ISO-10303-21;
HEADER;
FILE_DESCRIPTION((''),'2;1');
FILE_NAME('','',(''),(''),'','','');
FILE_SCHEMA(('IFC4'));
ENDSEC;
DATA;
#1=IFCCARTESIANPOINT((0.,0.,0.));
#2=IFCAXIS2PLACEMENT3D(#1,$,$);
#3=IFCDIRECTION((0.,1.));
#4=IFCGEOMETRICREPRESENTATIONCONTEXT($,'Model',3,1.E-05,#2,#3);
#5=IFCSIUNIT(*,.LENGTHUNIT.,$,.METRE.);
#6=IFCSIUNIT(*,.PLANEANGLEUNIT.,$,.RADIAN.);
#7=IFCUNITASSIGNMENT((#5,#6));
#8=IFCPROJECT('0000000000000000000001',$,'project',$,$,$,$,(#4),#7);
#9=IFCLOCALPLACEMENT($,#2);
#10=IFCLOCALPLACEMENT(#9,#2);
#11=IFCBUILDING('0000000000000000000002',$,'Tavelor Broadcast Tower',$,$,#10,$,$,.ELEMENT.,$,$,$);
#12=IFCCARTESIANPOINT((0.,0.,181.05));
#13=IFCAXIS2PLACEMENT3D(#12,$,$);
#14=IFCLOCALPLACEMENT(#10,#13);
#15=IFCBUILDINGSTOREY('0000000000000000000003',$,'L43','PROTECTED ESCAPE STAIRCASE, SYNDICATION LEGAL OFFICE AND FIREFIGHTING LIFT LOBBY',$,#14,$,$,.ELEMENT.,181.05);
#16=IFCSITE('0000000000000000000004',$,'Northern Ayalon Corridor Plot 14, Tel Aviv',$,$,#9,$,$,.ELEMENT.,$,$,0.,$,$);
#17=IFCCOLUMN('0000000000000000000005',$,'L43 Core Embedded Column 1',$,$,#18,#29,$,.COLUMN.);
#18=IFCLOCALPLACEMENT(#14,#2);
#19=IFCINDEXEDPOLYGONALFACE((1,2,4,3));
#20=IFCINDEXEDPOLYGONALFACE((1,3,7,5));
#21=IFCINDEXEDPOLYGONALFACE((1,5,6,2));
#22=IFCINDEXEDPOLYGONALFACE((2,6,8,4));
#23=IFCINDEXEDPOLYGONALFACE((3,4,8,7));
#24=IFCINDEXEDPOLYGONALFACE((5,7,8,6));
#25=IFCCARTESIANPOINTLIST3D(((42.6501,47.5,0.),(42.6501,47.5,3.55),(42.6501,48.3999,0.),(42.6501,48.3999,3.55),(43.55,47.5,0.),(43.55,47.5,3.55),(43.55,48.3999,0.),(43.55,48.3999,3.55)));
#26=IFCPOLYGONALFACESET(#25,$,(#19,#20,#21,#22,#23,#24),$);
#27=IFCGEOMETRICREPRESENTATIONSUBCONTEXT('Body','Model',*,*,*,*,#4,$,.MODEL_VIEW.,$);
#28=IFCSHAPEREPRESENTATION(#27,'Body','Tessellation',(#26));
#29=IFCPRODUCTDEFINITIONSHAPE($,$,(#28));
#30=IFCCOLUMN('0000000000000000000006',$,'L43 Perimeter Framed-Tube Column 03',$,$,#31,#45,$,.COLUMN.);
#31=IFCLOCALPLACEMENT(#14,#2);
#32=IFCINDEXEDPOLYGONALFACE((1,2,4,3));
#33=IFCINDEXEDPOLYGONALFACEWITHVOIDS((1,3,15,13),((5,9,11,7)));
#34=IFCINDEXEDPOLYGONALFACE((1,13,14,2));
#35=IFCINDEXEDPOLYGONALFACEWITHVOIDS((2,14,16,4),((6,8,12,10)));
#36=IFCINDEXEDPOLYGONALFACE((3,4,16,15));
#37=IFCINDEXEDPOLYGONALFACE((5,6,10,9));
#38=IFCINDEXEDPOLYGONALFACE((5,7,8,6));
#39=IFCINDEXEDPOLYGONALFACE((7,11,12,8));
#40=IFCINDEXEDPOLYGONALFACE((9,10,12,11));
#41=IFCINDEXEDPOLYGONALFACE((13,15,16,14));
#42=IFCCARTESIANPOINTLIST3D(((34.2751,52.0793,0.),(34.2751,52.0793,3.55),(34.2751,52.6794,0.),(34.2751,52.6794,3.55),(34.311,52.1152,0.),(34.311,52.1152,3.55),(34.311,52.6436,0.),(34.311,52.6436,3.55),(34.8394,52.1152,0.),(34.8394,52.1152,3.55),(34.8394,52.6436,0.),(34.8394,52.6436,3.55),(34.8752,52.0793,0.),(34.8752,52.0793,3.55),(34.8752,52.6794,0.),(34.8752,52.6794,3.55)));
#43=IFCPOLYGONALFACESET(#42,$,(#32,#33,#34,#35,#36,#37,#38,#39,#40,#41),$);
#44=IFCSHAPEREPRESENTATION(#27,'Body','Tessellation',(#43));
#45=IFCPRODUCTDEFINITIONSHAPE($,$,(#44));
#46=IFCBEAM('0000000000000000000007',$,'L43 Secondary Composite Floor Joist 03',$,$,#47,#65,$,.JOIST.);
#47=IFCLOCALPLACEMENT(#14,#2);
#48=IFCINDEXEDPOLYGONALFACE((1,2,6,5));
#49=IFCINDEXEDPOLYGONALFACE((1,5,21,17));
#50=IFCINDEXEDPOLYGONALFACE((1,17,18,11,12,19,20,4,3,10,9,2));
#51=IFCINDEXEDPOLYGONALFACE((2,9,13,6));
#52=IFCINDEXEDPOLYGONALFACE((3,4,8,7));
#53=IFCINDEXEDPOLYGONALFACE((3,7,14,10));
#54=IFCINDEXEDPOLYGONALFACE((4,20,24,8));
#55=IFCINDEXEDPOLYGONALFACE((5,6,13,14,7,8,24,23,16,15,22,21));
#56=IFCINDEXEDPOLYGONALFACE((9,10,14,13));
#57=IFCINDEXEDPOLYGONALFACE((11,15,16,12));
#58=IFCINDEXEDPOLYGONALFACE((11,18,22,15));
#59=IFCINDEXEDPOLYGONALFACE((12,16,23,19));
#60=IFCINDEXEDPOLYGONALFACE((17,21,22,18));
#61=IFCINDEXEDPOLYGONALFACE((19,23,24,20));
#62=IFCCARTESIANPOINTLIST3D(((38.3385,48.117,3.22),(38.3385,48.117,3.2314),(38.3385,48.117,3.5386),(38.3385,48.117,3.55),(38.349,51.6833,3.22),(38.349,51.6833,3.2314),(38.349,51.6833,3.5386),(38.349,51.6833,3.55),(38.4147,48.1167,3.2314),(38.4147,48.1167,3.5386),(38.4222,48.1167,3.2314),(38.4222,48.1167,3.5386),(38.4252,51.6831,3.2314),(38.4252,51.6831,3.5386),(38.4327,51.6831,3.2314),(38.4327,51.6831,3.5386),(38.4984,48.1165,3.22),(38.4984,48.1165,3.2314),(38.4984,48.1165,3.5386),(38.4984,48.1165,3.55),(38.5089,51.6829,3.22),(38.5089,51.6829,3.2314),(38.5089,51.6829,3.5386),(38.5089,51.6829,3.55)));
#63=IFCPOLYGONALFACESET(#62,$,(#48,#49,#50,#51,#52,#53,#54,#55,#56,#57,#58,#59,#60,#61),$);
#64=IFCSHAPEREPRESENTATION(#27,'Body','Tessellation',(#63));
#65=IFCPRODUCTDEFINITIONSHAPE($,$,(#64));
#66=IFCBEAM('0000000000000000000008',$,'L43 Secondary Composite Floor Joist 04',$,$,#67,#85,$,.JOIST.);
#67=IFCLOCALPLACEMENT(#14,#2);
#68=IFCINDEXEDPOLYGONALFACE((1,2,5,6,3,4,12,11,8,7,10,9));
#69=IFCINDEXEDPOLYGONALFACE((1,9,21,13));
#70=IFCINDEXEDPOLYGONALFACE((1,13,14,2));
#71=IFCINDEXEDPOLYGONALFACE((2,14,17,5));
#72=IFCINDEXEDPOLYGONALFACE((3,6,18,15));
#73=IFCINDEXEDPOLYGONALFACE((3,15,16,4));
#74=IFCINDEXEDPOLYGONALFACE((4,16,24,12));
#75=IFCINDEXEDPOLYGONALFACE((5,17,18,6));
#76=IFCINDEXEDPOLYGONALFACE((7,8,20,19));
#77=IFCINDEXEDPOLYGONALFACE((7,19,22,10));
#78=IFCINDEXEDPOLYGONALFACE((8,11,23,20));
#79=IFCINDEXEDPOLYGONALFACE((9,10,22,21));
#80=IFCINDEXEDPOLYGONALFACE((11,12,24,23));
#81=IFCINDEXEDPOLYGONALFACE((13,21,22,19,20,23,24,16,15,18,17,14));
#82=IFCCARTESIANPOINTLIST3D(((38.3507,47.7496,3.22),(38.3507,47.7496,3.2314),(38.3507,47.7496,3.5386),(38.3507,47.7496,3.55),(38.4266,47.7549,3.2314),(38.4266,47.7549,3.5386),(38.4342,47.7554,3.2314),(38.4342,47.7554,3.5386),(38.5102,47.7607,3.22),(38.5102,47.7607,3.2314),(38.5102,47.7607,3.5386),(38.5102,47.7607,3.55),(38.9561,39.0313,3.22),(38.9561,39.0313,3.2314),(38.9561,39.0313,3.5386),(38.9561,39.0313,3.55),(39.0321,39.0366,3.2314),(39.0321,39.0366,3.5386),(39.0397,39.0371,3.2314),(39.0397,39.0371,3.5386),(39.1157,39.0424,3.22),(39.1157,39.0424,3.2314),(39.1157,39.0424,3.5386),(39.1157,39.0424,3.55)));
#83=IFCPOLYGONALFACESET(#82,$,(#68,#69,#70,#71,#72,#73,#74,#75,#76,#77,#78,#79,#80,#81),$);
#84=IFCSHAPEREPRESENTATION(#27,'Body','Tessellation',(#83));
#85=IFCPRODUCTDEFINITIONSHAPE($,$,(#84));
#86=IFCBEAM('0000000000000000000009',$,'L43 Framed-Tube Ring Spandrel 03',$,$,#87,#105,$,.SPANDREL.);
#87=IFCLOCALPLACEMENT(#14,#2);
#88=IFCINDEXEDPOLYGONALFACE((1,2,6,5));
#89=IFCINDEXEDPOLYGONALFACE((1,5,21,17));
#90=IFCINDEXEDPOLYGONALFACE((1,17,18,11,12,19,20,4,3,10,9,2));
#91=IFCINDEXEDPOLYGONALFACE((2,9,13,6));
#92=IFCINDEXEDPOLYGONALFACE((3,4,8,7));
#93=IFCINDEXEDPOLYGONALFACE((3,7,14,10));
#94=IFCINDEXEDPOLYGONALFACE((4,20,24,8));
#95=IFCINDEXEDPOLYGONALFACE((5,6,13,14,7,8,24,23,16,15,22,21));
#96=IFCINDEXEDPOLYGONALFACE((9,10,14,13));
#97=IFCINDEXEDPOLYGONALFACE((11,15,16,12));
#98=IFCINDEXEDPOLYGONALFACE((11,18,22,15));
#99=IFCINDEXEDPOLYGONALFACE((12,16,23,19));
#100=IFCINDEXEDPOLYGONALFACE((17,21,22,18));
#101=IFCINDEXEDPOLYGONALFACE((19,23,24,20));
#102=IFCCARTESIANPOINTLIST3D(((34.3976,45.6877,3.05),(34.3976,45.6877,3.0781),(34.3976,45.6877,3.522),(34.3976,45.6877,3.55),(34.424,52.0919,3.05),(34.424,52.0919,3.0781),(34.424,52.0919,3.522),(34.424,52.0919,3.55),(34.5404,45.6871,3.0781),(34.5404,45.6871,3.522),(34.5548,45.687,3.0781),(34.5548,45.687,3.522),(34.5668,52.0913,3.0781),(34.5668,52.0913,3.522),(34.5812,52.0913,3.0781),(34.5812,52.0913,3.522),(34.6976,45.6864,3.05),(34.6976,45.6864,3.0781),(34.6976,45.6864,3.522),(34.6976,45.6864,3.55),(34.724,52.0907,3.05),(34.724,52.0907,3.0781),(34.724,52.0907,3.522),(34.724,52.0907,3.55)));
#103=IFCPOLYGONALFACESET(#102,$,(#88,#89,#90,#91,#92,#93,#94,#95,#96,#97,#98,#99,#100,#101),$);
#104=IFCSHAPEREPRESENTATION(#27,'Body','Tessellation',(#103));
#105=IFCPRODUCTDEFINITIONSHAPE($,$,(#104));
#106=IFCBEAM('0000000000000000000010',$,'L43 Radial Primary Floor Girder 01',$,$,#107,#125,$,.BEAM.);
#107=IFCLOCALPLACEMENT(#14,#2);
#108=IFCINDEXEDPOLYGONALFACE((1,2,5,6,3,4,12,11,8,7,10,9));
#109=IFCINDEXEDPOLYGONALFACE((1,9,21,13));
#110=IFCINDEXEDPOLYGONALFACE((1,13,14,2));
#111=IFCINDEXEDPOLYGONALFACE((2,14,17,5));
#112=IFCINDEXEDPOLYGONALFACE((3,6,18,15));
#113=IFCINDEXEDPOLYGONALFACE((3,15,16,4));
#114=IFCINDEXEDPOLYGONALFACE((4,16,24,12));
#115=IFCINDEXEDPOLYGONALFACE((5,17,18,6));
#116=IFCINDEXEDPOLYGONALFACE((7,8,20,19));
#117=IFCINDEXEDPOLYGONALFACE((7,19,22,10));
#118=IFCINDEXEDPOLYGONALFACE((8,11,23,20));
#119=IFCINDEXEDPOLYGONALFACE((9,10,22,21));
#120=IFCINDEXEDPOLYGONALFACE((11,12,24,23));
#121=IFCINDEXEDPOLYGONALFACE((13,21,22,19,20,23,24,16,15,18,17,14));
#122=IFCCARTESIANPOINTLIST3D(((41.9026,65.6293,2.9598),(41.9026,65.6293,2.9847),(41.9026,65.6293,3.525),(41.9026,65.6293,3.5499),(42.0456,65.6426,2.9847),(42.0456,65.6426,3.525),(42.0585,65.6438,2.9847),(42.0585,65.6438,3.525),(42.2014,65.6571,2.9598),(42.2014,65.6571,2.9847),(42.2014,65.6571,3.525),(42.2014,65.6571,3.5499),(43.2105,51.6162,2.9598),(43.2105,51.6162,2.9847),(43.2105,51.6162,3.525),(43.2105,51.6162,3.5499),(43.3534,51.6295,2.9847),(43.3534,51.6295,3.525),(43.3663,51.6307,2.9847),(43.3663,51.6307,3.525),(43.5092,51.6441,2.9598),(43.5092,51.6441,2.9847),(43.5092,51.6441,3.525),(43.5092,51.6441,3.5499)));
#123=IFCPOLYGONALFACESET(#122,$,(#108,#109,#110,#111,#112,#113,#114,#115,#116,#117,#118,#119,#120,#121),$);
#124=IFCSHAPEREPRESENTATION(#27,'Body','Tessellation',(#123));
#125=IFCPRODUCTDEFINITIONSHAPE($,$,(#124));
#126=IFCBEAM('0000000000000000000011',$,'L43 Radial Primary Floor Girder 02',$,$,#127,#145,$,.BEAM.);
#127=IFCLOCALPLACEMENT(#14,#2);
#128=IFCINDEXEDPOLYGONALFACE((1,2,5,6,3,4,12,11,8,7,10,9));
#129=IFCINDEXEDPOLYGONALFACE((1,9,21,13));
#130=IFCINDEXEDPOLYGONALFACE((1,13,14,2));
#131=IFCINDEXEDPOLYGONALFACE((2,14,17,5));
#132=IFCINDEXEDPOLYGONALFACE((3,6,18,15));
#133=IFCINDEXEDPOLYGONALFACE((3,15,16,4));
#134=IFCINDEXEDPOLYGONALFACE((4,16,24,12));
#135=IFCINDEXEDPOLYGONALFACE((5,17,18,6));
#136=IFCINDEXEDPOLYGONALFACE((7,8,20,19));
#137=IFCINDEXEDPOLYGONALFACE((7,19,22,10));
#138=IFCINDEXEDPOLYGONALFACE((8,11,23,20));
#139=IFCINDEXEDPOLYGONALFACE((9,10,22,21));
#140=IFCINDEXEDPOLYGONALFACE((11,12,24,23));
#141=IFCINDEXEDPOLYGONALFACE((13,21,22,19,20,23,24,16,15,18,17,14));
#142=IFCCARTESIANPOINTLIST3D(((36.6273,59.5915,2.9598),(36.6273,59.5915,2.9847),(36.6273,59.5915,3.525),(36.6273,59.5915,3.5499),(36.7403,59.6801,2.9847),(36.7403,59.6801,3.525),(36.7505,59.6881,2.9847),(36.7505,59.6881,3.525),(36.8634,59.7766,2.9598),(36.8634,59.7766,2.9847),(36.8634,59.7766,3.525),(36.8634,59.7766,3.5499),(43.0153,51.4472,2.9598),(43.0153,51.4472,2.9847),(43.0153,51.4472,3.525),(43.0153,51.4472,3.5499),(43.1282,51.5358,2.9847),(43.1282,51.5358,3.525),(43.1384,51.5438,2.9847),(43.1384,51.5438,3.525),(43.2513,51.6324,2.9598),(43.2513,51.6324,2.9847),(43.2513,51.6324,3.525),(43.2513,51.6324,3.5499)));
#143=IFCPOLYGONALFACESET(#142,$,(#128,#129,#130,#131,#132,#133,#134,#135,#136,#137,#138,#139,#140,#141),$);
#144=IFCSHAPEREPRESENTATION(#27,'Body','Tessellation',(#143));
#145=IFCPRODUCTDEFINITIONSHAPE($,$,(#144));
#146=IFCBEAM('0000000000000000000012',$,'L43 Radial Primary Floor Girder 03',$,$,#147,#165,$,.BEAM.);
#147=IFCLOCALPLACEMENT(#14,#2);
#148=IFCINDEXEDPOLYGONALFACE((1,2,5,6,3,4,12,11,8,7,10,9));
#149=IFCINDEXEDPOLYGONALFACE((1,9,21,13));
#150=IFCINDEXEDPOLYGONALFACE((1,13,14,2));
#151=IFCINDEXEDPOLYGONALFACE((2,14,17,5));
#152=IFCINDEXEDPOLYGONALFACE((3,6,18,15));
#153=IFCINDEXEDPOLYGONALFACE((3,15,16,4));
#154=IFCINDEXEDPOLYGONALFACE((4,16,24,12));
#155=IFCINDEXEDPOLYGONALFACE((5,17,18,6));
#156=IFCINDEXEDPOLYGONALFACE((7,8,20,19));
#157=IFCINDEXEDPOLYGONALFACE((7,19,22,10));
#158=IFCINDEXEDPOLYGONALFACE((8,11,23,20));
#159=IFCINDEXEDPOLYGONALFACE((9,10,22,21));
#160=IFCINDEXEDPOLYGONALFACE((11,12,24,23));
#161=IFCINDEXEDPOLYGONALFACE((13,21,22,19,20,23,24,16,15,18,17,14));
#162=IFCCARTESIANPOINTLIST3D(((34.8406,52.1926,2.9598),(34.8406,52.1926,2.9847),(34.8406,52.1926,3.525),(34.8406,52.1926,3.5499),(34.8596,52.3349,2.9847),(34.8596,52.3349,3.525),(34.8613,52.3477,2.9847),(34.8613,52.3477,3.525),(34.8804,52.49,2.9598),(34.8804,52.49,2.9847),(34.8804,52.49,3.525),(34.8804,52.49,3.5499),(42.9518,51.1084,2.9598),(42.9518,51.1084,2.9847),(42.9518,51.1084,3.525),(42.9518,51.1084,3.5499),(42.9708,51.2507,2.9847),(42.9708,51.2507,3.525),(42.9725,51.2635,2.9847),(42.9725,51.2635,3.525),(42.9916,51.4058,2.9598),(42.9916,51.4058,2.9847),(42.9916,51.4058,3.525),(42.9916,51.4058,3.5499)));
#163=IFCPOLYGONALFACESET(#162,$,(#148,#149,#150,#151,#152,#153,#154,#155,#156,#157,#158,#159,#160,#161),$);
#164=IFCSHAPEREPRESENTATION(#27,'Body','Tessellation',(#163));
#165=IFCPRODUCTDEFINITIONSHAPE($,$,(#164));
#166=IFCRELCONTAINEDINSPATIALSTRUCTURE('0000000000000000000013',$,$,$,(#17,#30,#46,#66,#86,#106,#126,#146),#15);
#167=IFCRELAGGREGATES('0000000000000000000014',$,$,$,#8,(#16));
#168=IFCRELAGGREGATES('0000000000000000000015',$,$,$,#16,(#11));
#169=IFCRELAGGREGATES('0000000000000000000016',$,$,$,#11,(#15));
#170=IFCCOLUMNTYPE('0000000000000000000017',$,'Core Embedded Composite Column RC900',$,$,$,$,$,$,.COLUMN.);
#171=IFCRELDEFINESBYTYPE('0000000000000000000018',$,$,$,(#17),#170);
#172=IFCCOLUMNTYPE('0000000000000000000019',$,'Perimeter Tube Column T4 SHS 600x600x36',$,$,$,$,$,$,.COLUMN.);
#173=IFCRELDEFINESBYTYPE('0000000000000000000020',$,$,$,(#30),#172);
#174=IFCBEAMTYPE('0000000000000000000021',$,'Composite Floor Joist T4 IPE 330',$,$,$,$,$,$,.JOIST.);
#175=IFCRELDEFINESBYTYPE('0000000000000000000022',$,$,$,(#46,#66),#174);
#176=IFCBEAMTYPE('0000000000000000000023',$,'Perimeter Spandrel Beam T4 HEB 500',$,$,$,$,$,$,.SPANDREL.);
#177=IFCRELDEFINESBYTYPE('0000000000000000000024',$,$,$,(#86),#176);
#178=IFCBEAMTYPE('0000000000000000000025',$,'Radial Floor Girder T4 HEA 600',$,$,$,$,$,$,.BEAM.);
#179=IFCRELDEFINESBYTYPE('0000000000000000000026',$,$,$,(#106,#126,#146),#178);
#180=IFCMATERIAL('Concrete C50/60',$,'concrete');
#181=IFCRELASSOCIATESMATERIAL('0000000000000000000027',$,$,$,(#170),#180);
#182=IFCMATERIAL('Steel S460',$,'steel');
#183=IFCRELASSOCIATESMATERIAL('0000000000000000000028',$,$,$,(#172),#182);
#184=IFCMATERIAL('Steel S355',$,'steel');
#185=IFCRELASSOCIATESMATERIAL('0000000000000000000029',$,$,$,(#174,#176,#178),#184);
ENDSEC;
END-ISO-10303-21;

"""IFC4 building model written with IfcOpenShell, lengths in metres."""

from ifc_helpers import new_model, si_unit, direction, frame, origin, origin_2d, place, context, subcontext, project, spatial, rectangle, hollow_rectangle, i_section, extrude, material, material_profile, profile_set, type_object, element, save


model = new_model("IFC4")

# Units and contexts
model_context = context("Model", 3, precision=1e-05, world=origin(), true_north=direction((0.0, 1.0)))
body_context = subcontext(model_context, "Body", "Model", "MODEL_VIEW")
ifc_project = project(units=[si_unit("LENGTHUNIT", "METRE"), si_unit("PLANEANGLEUNIT", "RADIAN")], contexts=[model_context])

# Site, building, storey
site_placement = place(None, origin())
site = spatial("IfcSite", under=ifc_project, at=site_placement, Name="Northern Ayalon Corridor Plot 14, Tel Aviv", CompositionType="ELEMENT", RefElevation=0.0)
building_placement = place(site_placement, origin())
building = spatial("IfcBuilding", under=site, at=building_placement, Name="Tavelor Broadcast Tower", CompositionType="ELEMENT")
storey_placement = place(building_placement, frame((0.0, 0.0, 181.05)))
storey = spatial("IfcBuildingStorey", under=building, at=storey_placement, Name="L43", Description="PROTECTED ESCAPE STAIRCASE, SYNDICATION LEGAL OFFICE AND FIREFIGHTING LIFT LOBBY", CompositionType="ELEMENT", Elevation=181.05)

# Columns
ifc_material_1 = material(Name="Concrete C50/60", Category="concrete")
ifc_material_profile_1 = material_profile(ifc_material_1, rectangle(XDim=0.8999, YDim=0.8999, at=origin_2d()), Name="RC 900x900")
ifc_profile_set_1 = profile_set([ifc_material_profile_1], Name="Concrete C50/60")
column_type_1 = type_object("IfcColumnType", Name="Core Embedded Composite Column RC900", PredefinedType="COLUMN", material=ifc_profile_set_1)
column_1_placement = place(storey_placement, frame((43.1001, 47.95, 0.0), z_axis=(0.0, 0.0, 1.0), x_axis=(1.0, 0.0, 0.0)))
element("IfcColumn", 1, at=column_1_placement, inside=storey, type_object=column_type_1, Name="L43 Core Embedded Column 1", PredefinedType="COLUMN", context=body_context, shape_type="SweptSolid", body=[
    extrude(rectangle(XDim=0.8999, YDim=0.8999, at=origin_2d()), origin(), (0.0, 0.0, 1.0), 3.55),
])
ifc_material_2 = material(Name="Steel S460", Category="steel")
ifc_material_profile_2 = material_profile(ifc_material_2, hollow_rectangle(XDim=0.6001, YDim=0.6001, WallThickness=0.0359, at=origin_2d()), Name="SHS 600x600x36")
ifc_profile_set_2 = profile_set([ifc_material_profile_2], Name="Steel S460")
column_type_2 = type_object("IfcColumnType", Name="Perimeter Tube Column T4 SHS 600x600x36", PredefinedType="COLUMN", material=ifc_profile_set_2)
column_2_placement = place(storey_placement, frame((34.5752, 52.3794, 0.0), z_axis=(0.0, 0.0, 1.0), x_axis=(1.0, 0.0, 0.0)))
element("IfcColumn", 2, at=column_2_placement, inside=storey, type_object=column_type_2, Name="L43 Perimeter Framed-Tube Column 03", PredefinedType="COLUMN", context=body_context, shape_type="SweptSolid", body=[
    extrude(hollow_rectangle(XDim=0.6001, YDim=0.6001, WallThickness=0.0359, at=origin_2d()), origin(), (0.0, 0.0, 1.0), 3.55),
])

# Beams
ifc_material_3 = material(Name="Steel S355", Category="steel")
ifc_material_profile_3 = material_profile(ifc_material_3, i_section(OverallWidth=0.1599, OverallDepth=0.3301, WebThickness=0.0076, FlangeThickness=0.0115, at=origin_2d()), Name="IPE 330")
ifc_profile_set_3 = profile_set([ifc_material_profile_3], Name="Steel S355")
beam_type_1 = type_object("IfcBeamType", Name="Composite Floor Joist T4 IPE 330", PredefinedType="JOIST", material=ifc_profile_set_3)
beam_1_placement = place(storey_placement, frame((38.429, 51.6831, 3.385), z_axis=(-0.002944, -0.999996, 0.0), x_axis=(0.999996, -0.002944, 0.0)))
element("IfcBeam", 3, at=beam_1_placement, inside=storey, type_object=beam_type_1, Name="L43 Secondary Composite Floor Joist 03", PredefinedType="JOIST", context=body_context, shape_type="SweptSolid", body=[
    extrude(i_section(OverallWidth=0.1599, OverallDepth=0.3301, WebThickness=0.0076, FlangeThickness=0.0115, at=origin_2d()), origin(), (0.0, 0.0, 1.0), 3.5664),
])
beam_2_placement = place(storey_placement, frame((38.4304, 47.7551, 3.385), z_axis=(0.069281, -0.997597, 0.0), x_axis=(0.997597, 0.069281, 0.0)))
element("IfcBeam", 4, at=beam_2_placement, inside=storey, type_object=beam_type_1, Name="L43 Secondary Composite Floor Joist 04", PredefinedType="JOIST", context=body_context, shape_type="SweptSolid", body=[
    extrude(i_section(OverallWidth=0.1599, OverallDepth=0.3301, WebThickness=0.0076, FlangeThickness=0.0115, at=origin_2d()), origin(), (0.0, 0.0, 1.0), 8.7393),
])
ifc_material_profile_4 = material_profile(ifc_material_3, i_section(OverallWidth=0.3, OverallDepth=0.5, WebThickness=0.0144, FlangeThickness=0.0281, at=origin_2d()), Name="HEB 500")
ifc_profile_set_4 = profile_set([ifc_material_profile_4], Name="Steel S355")
beam_type_2 = type_object("IfcBeamType", Name="Perimeter Spandrel Beam T4 HEB 500", PredefinedType="SPANDREL", material=ifc_profile_set_4)
beam_3_placement = place(storey_placement, frame((34.574, 52.0913, 3.3), z_axis=(-0.004117, -0.999992, 0.0), x_axis=(0.999992, -0.004117, 0.0)))
element("IfcBeam", 5, at=beam_3_placement, inside=storey, type_object=beam_type_2, Name="L43 Framed-Tube Ring Spandrel 03", PredefinedType="SPANDREL", context=body_context, shape_type="SweptSolid", body=[
    extrude(i_section(OverallWidth=0.3, OverallDepth=0.5, WebThickness=0.0144, FlangeThickness=0.0281, at=origin_2d()), origin(), (0.0, 0.0, 1.0), 6.4043),
])
ifc_material_profile_5 = material_profile(ifc_material_3, i_section(OverallWidth=0.3, OverallDepth=0.5901, WebThickness=0.0129, FlangeThickness=0.0249, at=origin_2d()), Name="HEA 600")
ifc_profile_set_5 = profile_set([ifc_material_profile_5], Name="Steel S355")
beam_type_3 = type_object("IfcBeamType", Name="Radial Floor Girder T4 HEA 600", PredefinedType="BEAM", material=ifc_profile_set_5)
beam_4_placement = place(storey_placement, frame((43.3599, 51.6301, 3.2549), z_axis=(-0.092927, 0.995673, 0.0), x_axis=(-0.995673, -0.092927, 0.0)))
element("IfcBeam", 6, at=beam_4_placement, inside=storey, type_object=beam_type_3, Name="L43 Radial Primary Floor Girder 01", PredefinedType="BEAM", context=body_context, shape_type="SweptSolid", body=[
    extrude(i_section(OverallWidth=0.3, OverallDepth=0.5901, WebThickness=0.0129, FlangeThickness=0.0249, at=origin_2d()), origin(), (0.0, 0.0, 1.0), 14.074),
])
beam_5_placement = place(storey_placement, frame((43.1333, 51.5398, 3.2549), z_axis=(-0.617156, 0.786841, 0.0), x_axis=(-0.786841, -0.617156, 0.0)))
element("IfcBeam", 7, at=beam_5_placement, inside=storey, type_object=beam_type_3, Name="L43 Radial Primary Floor Girder 02", PredefinedType="BEAM", context=body_context, shape_type="SweptSolid", body=[
    extrude(i_section(OverallWidth=0.3, OverallDepth=0.5901, WebThickness=0.0129, FlangeThickness=0.0249, at=origin_2d()), origin(), (0.0, 0.0, 1.0), 10.3506),
])
beam_6_placement = place(storey_placement, frame((42.9717, 51.2571, 3.2549), z_axis=(-0.991184, 0.132494, 0.0), x_axis=(-0.132494, -0.991184, 0.0)))
element("IfcBeam", 8, at=beam_6_placement, inside=storey, type_object=beam_type_3, Name="L43 Radial Primary Floor Girder 03", PredefinedType="BEAM", context=body_context, shape_type="SweptSolid", body=[
    extrude(i_section(OverallWidth=0.3, OverallDepth=0.5901, WebThickness=0.0129, FlangeThickness=0.0249, at=origin_2d()), origin(), (0.0, 0.0, 1.0), 8.1833),
])

save(model, "model.ifc")
